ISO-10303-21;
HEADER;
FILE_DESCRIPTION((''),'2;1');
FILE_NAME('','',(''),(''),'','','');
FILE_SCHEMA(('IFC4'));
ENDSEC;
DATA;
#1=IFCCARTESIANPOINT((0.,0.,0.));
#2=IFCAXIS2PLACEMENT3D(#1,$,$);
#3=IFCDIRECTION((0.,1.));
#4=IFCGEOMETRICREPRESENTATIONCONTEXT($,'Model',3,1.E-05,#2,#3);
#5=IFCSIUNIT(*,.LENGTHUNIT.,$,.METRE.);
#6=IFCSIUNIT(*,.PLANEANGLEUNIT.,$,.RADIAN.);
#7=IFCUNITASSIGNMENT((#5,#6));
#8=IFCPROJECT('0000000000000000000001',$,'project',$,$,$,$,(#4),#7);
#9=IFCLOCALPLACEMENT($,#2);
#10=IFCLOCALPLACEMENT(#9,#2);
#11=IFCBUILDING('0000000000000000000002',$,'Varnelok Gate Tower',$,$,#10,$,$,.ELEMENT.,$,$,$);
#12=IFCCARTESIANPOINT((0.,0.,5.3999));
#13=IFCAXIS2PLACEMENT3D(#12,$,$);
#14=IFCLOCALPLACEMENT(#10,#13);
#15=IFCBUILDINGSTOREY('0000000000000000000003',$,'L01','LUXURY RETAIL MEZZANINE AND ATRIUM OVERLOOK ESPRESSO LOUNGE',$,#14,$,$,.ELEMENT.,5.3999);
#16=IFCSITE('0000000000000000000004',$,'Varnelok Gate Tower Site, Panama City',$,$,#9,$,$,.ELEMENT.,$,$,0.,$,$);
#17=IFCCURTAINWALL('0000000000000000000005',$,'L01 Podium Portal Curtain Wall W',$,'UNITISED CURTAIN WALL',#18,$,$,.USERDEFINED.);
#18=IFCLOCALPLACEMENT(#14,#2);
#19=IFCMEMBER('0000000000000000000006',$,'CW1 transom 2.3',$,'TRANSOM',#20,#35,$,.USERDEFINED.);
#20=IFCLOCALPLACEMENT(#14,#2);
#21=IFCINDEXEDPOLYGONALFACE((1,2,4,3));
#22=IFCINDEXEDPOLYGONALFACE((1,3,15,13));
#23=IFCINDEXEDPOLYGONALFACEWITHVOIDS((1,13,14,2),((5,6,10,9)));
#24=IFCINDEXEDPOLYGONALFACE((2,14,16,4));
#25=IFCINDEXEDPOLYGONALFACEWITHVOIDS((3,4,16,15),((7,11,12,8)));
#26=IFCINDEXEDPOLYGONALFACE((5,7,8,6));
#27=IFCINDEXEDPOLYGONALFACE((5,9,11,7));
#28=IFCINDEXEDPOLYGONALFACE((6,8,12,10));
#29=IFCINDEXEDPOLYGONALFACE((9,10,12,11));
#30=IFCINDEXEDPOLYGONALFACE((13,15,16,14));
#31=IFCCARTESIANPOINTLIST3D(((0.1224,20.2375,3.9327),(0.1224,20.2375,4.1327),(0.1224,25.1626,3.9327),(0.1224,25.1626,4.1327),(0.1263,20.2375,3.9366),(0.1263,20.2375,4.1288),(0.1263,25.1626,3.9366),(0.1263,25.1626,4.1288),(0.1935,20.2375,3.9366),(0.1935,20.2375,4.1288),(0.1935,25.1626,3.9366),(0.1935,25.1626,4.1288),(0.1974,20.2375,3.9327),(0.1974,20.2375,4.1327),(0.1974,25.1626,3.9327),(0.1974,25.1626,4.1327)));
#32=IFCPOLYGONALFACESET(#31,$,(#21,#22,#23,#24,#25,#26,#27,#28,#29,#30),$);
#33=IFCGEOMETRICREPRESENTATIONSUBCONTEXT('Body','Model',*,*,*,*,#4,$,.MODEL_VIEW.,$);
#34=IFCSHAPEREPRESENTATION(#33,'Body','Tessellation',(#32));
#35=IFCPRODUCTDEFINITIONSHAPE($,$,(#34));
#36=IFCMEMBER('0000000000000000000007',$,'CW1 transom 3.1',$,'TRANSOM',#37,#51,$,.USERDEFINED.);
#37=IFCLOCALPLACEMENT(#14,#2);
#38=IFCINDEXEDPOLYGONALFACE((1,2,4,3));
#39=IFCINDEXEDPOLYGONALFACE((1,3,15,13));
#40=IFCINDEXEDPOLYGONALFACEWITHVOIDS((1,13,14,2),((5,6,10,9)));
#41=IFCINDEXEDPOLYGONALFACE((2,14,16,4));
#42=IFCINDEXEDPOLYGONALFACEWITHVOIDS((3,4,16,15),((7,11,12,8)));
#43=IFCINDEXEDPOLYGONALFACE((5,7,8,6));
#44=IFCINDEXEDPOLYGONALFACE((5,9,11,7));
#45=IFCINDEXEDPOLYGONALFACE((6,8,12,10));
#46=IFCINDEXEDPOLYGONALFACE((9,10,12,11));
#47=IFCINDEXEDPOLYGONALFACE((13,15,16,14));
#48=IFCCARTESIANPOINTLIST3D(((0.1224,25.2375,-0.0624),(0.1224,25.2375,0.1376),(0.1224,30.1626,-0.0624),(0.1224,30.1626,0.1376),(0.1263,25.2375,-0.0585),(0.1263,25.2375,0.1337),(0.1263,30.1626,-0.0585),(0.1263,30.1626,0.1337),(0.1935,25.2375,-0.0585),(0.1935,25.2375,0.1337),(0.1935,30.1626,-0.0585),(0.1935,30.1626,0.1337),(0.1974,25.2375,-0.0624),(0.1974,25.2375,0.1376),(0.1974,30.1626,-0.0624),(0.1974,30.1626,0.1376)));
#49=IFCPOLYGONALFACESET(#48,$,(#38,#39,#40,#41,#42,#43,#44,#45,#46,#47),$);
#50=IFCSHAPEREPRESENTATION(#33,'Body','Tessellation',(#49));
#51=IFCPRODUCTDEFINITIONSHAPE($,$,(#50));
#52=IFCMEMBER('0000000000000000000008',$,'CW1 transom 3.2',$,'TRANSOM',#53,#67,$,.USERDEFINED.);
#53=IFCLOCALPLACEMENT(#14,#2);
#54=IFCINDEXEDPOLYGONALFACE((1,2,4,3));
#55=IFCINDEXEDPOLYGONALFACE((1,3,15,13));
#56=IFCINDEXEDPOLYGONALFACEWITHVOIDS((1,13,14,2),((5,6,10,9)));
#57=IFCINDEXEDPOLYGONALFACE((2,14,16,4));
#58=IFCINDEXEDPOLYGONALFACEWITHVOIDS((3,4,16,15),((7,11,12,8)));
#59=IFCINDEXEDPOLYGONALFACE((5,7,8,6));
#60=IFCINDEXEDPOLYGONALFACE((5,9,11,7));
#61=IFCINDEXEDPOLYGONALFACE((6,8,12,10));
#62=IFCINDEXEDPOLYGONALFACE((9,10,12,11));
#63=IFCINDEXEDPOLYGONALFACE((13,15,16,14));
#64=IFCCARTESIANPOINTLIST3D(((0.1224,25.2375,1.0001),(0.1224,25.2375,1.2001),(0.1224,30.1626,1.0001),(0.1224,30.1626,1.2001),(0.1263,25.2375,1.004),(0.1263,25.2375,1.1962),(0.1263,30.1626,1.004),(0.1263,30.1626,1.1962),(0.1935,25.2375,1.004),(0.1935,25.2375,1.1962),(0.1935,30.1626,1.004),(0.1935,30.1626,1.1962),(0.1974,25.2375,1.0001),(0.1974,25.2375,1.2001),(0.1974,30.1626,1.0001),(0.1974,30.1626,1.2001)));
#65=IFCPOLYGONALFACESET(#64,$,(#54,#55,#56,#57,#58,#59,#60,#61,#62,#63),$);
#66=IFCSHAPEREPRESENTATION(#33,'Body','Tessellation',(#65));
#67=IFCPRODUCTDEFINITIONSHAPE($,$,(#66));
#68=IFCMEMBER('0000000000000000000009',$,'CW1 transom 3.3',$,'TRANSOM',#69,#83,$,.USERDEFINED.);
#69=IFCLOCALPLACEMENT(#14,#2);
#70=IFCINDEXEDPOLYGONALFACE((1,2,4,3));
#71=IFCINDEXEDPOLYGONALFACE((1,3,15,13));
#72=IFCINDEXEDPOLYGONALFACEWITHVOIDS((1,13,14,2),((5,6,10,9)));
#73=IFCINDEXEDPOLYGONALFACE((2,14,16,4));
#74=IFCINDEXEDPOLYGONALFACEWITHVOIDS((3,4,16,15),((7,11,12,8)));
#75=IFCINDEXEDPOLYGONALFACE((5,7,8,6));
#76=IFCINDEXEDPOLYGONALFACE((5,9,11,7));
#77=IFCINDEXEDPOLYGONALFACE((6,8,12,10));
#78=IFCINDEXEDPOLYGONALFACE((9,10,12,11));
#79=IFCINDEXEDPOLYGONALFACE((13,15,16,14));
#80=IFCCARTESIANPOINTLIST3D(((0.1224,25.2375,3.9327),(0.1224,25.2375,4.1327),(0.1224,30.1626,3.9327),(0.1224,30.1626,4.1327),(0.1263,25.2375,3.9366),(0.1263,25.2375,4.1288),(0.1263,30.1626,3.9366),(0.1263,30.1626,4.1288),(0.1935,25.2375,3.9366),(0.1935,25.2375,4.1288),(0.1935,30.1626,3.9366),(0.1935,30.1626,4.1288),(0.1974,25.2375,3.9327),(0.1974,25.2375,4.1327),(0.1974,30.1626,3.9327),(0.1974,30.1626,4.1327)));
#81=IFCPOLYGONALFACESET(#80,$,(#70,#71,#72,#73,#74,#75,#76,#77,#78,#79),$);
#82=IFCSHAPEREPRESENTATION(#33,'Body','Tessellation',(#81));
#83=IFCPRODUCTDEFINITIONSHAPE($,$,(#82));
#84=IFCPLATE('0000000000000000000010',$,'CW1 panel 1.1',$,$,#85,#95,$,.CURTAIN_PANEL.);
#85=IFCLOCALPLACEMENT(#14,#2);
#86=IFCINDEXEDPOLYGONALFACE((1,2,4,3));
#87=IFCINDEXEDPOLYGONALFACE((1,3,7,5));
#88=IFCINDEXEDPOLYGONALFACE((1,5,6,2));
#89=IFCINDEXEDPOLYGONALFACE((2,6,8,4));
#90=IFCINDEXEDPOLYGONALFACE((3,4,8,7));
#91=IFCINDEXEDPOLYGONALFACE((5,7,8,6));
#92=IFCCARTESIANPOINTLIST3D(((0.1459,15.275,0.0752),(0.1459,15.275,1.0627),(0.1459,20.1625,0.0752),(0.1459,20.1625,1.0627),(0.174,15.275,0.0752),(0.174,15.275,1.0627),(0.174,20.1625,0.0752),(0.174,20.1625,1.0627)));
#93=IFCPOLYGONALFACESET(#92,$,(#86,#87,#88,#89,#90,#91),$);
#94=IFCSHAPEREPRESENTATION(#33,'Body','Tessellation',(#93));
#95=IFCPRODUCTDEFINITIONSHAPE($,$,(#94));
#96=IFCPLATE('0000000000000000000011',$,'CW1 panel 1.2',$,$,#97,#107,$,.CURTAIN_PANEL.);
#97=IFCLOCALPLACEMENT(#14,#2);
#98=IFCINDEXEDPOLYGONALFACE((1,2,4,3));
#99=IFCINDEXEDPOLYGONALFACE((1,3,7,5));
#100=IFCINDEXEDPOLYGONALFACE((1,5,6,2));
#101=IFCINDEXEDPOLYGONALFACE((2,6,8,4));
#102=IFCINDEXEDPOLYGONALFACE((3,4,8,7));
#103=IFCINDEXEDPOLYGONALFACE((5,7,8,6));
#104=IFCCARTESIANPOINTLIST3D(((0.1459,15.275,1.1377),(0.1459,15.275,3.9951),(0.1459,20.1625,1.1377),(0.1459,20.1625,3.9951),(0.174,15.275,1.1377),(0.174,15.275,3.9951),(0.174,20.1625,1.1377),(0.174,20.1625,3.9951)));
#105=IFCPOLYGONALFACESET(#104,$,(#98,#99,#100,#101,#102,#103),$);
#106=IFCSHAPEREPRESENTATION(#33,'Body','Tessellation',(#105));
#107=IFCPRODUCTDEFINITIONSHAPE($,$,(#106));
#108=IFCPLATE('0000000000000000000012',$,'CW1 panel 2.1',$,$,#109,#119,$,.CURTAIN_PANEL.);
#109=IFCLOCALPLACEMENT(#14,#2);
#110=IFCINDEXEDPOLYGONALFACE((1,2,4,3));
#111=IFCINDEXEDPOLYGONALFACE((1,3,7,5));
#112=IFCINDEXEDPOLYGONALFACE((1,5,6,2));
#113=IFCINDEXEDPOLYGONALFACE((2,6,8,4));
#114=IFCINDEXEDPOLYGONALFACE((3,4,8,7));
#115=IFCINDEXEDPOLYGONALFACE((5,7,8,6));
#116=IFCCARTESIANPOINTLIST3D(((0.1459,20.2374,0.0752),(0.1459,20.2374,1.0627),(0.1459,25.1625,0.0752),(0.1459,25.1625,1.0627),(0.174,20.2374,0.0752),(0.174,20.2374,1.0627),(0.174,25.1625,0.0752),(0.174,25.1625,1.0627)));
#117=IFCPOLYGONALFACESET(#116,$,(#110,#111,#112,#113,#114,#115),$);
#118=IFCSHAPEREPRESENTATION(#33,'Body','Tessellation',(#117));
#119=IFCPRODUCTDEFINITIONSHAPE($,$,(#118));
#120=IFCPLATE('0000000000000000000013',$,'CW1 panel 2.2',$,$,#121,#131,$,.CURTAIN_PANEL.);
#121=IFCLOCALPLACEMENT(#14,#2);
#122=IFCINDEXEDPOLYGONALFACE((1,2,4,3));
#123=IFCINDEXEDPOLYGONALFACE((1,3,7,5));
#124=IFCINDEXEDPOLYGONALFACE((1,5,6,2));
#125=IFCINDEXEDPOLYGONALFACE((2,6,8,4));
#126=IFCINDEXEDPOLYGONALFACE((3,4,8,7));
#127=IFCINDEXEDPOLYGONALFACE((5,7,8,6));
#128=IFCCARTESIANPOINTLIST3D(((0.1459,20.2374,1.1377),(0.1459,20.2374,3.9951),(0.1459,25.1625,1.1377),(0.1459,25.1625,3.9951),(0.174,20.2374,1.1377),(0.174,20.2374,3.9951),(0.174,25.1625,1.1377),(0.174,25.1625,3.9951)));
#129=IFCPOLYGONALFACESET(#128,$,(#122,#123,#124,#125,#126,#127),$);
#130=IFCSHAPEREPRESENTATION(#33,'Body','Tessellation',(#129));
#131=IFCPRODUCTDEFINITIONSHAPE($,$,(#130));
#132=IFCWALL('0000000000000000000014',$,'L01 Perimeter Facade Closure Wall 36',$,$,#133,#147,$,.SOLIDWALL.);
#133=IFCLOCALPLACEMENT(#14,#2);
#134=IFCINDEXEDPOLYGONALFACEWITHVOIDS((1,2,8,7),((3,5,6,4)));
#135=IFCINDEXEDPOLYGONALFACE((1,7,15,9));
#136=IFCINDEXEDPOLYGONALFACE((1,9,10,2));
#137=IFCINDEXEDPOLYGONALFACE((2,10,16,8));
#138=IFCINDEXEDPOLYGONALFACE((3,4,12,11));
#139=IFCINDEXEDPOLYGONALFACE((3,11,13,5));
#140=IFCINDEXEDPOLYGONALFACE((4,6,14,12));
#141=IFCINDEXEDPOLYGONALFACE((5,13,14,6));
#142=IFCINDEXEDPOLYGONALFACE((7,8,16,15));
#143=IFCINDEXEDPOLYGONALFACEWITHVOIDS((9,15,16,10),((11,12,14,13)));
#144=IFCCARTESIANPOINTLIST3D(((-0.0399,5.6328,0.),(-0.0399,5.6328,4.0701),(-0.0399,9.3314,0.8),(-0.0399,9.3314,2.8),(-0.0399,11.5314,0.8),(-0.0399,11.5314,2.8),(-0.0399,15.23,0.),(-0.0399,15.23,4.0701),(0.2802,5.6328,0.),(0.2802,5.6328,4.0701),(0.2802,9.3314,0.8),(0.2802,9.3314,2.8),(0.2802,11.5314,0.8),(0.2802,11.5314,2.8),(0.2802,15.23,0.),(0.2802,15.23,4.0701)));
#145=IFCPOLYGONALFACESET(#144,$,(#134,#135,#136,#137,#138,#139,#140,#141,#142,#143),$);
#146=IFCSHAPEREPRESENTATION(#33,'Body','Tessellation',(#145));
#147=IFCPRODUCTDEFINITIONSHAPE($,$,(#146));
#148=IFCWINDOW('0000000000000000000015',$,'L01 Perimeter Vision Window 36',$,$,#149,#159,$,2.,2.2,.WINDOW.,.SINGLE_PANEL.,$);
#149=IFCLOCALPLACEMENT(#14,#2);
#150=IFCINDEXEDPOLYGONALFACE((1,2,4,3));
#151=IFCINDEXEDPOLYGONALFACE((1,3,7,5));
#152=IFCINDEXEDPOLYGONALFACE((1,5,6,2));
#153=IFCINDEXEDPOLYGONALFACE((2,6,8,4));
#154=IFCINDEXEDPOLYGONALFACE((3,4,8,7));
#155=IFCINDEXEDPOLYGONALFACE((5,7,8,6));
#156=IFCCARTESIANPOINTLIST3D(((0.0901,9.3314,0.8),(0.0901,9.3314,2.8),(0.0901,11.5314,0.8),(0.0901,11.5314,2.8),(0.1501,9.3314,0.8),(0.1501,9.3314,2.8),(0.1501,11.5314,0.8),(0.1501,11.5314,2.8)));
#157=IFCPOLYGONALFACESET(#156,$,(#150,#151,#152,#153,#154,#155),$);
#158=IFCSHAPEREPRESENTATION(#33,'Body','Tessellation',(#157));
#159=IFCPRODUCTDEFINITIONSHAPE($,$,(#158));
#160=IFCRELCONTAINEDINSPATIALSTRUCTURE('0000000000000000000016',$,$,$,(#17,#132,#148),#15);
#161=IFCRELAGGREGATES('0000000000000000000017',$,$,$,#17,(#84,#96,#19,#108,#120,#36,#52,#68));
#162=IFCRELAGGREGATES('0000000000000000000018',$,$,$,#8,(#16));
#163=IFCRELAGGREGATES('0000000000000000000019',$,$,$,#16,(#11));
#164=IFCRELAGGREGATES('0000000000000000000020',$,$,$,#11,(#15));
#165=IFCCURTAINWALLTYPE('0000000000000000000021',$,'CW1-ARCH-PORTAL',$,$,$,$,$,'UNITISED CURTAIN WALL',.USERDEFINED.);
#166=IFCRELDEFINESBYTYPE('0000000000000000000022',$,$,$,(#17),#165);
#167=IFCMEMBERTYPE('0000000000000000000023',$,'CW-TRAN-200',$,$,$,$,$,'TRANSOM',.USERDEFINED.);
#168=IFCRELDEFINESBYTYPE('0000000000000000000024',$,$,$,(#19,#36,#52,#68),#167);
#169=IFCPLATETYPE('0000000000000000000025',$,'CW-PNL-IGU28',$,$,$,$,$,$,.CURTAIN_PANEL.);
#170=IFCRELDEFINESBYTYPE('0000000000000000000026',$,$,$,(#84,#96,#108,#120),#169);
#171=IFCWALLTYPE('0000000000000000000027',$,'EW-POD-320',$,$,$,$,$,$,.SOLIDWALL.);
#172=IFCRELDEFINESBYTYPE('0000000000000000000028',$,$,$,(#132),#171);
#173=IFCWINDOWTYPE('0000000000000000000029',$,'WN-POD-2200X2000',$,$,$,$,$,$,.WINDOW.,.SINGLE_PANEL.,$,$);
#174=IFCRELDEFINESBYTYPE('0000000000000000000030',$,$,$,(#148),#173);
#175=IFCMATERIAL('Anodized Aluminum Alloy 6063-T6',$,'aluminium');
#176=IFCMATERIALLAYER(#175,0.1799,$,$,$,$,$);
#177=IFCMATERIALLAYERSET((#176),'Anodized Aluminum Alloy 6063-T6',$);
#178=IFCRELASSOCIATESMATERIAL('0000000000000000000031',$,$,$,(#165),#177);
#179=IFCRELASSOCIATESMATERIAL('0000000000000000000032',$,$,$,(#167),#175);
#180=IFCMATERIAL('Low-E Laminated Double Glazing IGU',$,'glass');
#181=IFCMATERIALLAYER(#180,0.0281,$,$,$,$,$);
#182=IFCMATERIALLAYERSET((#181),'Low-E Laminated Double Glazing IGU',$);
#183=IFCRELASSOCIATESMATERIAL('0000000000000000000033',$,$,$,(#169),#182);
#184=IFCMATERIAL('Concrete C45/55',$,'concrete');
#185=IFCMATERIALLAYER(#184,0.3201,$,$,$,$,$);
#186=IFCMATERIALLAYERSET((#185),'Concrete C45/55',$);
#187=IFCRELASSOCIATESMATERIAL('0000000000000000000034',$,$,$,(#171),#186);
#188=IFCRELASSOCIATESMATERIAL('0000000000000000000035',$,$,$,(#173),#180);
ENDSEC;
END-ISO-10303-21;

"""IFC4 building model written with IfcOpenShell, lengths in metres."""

from ifc_helpers import new_model, si_unit, direction, frame, frame_2d, origin, origin_2d, place, context, subcontext, project, spatial, rectangle, hollow_rectangle, extrude, source, transform, mapped, material, layer, layer_set, material_profile, profile_set, type_object, element, fill, aggregate, save


model = new_model("IFC4")

# Units and contexts
model_context = context("Model", 3, precision=1e-05, world=origin(), true_north=direction((0.0, 1.0)))
body_context = subcontext(model_context, "Body", "Model", "MODEL_VIEW")
ifc_project = project(units=[si_unit("LENGTHUNIT", "METRE"), si_unit("PLANEANGLEUNIT", "RADIAN")], contexts=[model_context])

# Site, building, storey
site_placement = place(None, origin())
site = spatial("IfcSite", under=ifc_project, at=site_placement, Name="Varnelok Gate Tower Site, Panama City", CompositionType="ELEMENT", RefElevation=0.0)
building_placement = place(site_placement, origin())
building = spatial("IfcBuilding", under=site, at=building_placement, Name="Varnelok Gate Tower", CompositionType="ELEMENT")
storey_placement = place(building_placement, frame((0.0, 0.0, 5.3999)))
storey = spatial("IfcBuildingStorey", under=building, at=storey_placement, Name="L01", Description="LUXURY RETAIL MEZZANINE AND ATRIUM OVERLOOK ESPRESSO LOUNGE", CompositionType="ELEMENT", Elevation=5.3999)

# Curtain wall, members, plates
ifc_material_1 = material(Name="Anodized Aluminum Alloy 6063-T6", Category="aluminium")
ifc_layer_1 = layer(ifc_material_1, 0.1799)
ifc_layer_set_1 = layer_set([ifc_layer_1], Name="Anodized Aluminum Alloy 6063-T6")
curtain_wall_type = type_object("IfcCurtainWallType", Name="CW1-ARCH-PORTAL", ElementType="UNITISED CURTAIN WALL", PredefinedType="USERDEFINED", material=ifc_layer_set_1)
curtain_wall_placement = place(storey_placement, origin())
curtain_wall = element("IfcCurtainWall", 1, at=curtain_wall_placement, inside=storey, type_object=curtain_wall_type, Name="L01 Podium Portal Curtain Wall W", ObjectType="UNITISED CURTAIN WALL", PredefinedType="USERDEFINED")
ifc_material_profile_1 = material_profile(ifc_material_1, hollow_rectangle(XDim=0.075, YDim=0.2, WallThickness=0.0039, at=origin_2d()), Name="ALU200X75X4")
ifc_profile_set_1 = profile_set([ifc_material_profile_1], Name="Anodized Aluminum Alloy 6063-T6")
member_type_1 = type_object("IfcMemberType", Name="CW-TRAN-200", ElementType="TRANSOM", PredefinedType="USERDEFINED", material=ifc_profile_set_1)
member_1_placement = place(storey_placement, frame((0.1599, 20.2375, 4.0327), z_axis=(0.0, 1.0, 0.0), x_axis=(-1.0, 0.0, 0.0)))
member_1 = element("IfcMember", 2, at=member_1_placement, type_object=member_type_1, Name="CW1 transom 2.3", ObjectType="TRANSOM", PredefinedType="USERDEFINED", context=body_context, shape_type="SweptSolid", body=[
    extrude(hollow_rectangle(XDim=0.075, YDim=0.2, WallThickness=0.0039, at=origin_2d()), origin(), (0.0, 0.0, 1.0), 4.925),
])
member_2_placement = place(storey_placement, frame((0.1599, 25.2375, 0.0376), z_axis=(0.0, 1.0, 0.0), x_axis=(-1.0, 0.0, 0.0)))
member_2 = element("IfcMember", 3, at=member_2_placement, type_object=member_type_1, Name="CW1 transom 3.1", ObjectType="TRANSOM", PredefinedType="USERDEFINED", context=body_context, shape_type="SweptSolid", body=[
    extrude(hollow_rectangle(XDim=0.075, YDim=0.2, WallThickness=0.0039, at=origin_2d()), origin(), (0.0, 0.0, 1.0), 4.925),
])
member_3_placement = place(storey_placement, frame((0.1599, 25.2375, 1.1001), z_axis=(0.0, 1.0, 0.0), x_axis=(-1.0, 0.0, 0.0)))
member_3 = element("IfcMember", 4, at=member_3_placement, type_object=member_type_1, Name="CW1 transom 3.2", ObjectType="TRANSOM", PredefinedType="USERDEFINED", context=body_context, shape_type="SweptSolid", body=[
    extrude(hollow_rectangle(XDim=0.075, YDim=0.2, WallThickness=0.0039, at=origin_2d()), origin(), (0.0, 0.0, 1.0), 4.925),
])
member_4_placement = place(storey_placement, frame((0.1599, 25.2375, 4.0327), z_axis=(0.0, 1.0, 0.0), x_axis=(-1.0, 0.0, 0.0)))
member_4 = element("IfcMember", 5, at=member_4_placement, type_object=member_type_1, Name="CW1 transom 3.3", ObjectType="TRANSOM", PredefinedType="USERDEFINED", context=body_context, shape_type="SweptSolid", body=[
    extrude(hollow_rectangle(XDim=0.075, YDim=0.2, WallThickness=0.0039, at=origin_2d()), origin(), (0.0, 0.0, 1.0), 4.925),
])
ifc_material_2 = material(Name="Low-E Laminated Double Glazing IGU", Category="glass")
ifc_layer_2 = layer(ifc_material_2, 0.0281)
ifc_layer_set_2 = layer_set([ifc_layer_2], Name="Low-E Laminated Double Glazing IGU")
plate_type = type_object("IfcPlateType", Name="CW-PNL-IGU28", PredefinedType="CURTAIN_PANEL", material=ifc_layer_set_2)
shared_shape_1 = source(origin(), body_context, "Body", "SweptSolid", [
    extrude(rectangle(XDim=4.8875, YDim=0.0281, at=origin_2d()), origin(), (0.0, 0.0, 1.0), 0.9875),
])
plate_1_placement = place(storey_placement, frame((0.1599, 17.7188, 0.0752), z_axis=(0.0, 0.0, 1.0), x_axis=(0.0, 1.0, 0.0)))
plate_1 = element("IfcPlate", 6, at=plate_1_placement, type_object=plate_type, Name="CW1 panel 1.1", PredefinedType="CURTAIN_PANEL", context=body_context, shape_type="MappedRepresentation", body=[
    mapped(shared_shape_1, transform((0.0, 0.0, 0.0), scale=1.0)),
])
shared_shape_2 = source(origin(), body_context, "Body", "SweptSolid", [
    extrude(rectangle(XDim=4.8875, YDim=0.0281, at=origin_2d()), origin(), (0.0, 0.0, 1.0), 2.8574),
])
plate_2_placement = place(storey_placement, frame((0.1599, 17.7188, 1.1377), z_axis=(0.0, 0.0, 1.0), x_axis=(0.0, 1.0, 0.0)))
plate_2 = element("IfcPlate", 7, at=plate_2_placement, type_object=plate_type, Name="CW1 panel 1.2", PredefinedType="CURTAIN_PANEL", context=body_context, shape_type="MappedRepresentation", body=[
    mapped(shared_shape_2, transform((0.0, 0.0, 0.0), scale=1.0)),
])
shared_shape_3 = source(origin(), body_context, "Body", "SweptSolid", [
    extrude(rectangle(XDim=4.925, YDim=0.0281, at=origin_2d()), origin(), (0.0, 0.0, 1.0), 0.9875),
])
plate_3_placement = place(storey_placement, frame((0.1599, 22.7, 0.0752), z_axis=(0.0, 0.0, 1.0), x_axis=(0.0, 1.0, 0.0)))
plate_3 = element("IfcPlate", 8, at=plate_3_placement, type_object=plate_type, Name="CW1 panel 2.1", PredefinedType="CURTAIN_PANEL", context=body_context, shape_type="MappedRepresentation", body=[
    mapped(shared_shape_3, transform((0.0, 0.0, 0.0), scale=1.0)),
])
shared_shape_4 = source(origin(), body_context, "Body", "SweptSolid", [
    extrude(rectangle(XDim=4.925, YDim=0.0281, at=origin_2d()), origin(), (0.0, 0.0, 1.0), 2.8574),
])
plate_4_placement = place(storey_placement, frame((0.1599, 22.7, 1.1377), z_axis=(0.0, 0.0, 1.0), x_axis=(0.0, 1.0, 0.0)))
plate_4 = element("IfcPlate", 9, at=plate_4_placement, type_object=plate_type, Name="CW1 panel 2.2", PredefinedType="CURTAIN_PANEL", context=body_context, shape_type="MappedRepresentation", body=[
    mapped(shared_shape_4, transform((0.0, 0.0, 0.0), scale=1.0)),
])
aggregate(curtain_wall, [plate_1, plate_2, member_1, plate_3, plate_4, member_2, member_3, member_4])

# Wall, opening, window
ifc_material_3 = material(Name="Concrete C45/55", Category="concrete")
ifc_layer_3 = layer(ifc_material_3, 0.3201)
ifc_layer_set_3 = layer_set([ifc_layer_3], Name="Concrete C45/55")
wall_type = type_object("IfcWallType", Name="EW-POD-320", PredefinedType="SOLIDWALL", material=ifc_layer_set_3)
wall_placement = place(storey_placement, frame((0.1201, 15.23, 0.0), z_axis=(0.0, 0.0, 1.0), x_axis=(0.0, -1.0, 0.0)))
wall = element("IfcWall", 10, at=wall_placement, inside=storey, type_object=wall_type, Name="L01 Perimeter Facade Closure Wall 36", PredefinedType="SOLIDWALL", context=body_context, shape_type="SweptSolid", body=[
    extrude(rectangle(XDim=9.5972, YDim=0.3201, at=frame_2d((4.7986, 0.0))), origin(), (0.0, 0.0, 1.0), 4.0701),
])
opening_placement = place(wall_placement, frame((3.6985, 0.0, 0.8)))
opening = element("IfcOpeningElement", 11, at=opening_placement, cuts=wall, PredefinedType="OPENING", context=body_context, shape_type="SweptSolid", body=[
    extrude(rectangle(XDim=2.2, YDim=2.0, at=frame_2d((1.1001, 1.0))), frame((0.0, 0.1699, 0.0), z_axis=(0.0, -1.0, 0.0), x_axis=(1.0, 0.0, 0.0)), (0.0, 0.0, 1.0), 0.3401),
])
window_type = type_object("IfcWindowType", Name="WN-POD-2200X2000", PartitioningType="SINGLE_PANEL", PredefinedType="WINDOW", material=ifc_material_2)
window_placement = place(opening_placement, origin())
window = element("IfcWindow", 12, at=window_placement, inside=storey, type_object=window_type, Name="L01 Perimeter Vision Window 36", OverallHeight=2.0, OverallWidth=2.2, PartitioningType="SINGLE_PANEL", PredefinedType="WINDOW", context=body_context, shape_type="SweptSolid", body=[
    extrude(rectangle(XDim=2.2, YDim=2.0, at=frame_2d((1.1001, 1.0))), frame((0.0, 0.03, 0.0), z_axis=(0.0, -1.0, 0.0), x_axis=(1.0, 0.0, 0.0)), (0.0, 0.0, 1.0), 0.0601),
])
fill(opening, window)

save(model, "model.ifc")
